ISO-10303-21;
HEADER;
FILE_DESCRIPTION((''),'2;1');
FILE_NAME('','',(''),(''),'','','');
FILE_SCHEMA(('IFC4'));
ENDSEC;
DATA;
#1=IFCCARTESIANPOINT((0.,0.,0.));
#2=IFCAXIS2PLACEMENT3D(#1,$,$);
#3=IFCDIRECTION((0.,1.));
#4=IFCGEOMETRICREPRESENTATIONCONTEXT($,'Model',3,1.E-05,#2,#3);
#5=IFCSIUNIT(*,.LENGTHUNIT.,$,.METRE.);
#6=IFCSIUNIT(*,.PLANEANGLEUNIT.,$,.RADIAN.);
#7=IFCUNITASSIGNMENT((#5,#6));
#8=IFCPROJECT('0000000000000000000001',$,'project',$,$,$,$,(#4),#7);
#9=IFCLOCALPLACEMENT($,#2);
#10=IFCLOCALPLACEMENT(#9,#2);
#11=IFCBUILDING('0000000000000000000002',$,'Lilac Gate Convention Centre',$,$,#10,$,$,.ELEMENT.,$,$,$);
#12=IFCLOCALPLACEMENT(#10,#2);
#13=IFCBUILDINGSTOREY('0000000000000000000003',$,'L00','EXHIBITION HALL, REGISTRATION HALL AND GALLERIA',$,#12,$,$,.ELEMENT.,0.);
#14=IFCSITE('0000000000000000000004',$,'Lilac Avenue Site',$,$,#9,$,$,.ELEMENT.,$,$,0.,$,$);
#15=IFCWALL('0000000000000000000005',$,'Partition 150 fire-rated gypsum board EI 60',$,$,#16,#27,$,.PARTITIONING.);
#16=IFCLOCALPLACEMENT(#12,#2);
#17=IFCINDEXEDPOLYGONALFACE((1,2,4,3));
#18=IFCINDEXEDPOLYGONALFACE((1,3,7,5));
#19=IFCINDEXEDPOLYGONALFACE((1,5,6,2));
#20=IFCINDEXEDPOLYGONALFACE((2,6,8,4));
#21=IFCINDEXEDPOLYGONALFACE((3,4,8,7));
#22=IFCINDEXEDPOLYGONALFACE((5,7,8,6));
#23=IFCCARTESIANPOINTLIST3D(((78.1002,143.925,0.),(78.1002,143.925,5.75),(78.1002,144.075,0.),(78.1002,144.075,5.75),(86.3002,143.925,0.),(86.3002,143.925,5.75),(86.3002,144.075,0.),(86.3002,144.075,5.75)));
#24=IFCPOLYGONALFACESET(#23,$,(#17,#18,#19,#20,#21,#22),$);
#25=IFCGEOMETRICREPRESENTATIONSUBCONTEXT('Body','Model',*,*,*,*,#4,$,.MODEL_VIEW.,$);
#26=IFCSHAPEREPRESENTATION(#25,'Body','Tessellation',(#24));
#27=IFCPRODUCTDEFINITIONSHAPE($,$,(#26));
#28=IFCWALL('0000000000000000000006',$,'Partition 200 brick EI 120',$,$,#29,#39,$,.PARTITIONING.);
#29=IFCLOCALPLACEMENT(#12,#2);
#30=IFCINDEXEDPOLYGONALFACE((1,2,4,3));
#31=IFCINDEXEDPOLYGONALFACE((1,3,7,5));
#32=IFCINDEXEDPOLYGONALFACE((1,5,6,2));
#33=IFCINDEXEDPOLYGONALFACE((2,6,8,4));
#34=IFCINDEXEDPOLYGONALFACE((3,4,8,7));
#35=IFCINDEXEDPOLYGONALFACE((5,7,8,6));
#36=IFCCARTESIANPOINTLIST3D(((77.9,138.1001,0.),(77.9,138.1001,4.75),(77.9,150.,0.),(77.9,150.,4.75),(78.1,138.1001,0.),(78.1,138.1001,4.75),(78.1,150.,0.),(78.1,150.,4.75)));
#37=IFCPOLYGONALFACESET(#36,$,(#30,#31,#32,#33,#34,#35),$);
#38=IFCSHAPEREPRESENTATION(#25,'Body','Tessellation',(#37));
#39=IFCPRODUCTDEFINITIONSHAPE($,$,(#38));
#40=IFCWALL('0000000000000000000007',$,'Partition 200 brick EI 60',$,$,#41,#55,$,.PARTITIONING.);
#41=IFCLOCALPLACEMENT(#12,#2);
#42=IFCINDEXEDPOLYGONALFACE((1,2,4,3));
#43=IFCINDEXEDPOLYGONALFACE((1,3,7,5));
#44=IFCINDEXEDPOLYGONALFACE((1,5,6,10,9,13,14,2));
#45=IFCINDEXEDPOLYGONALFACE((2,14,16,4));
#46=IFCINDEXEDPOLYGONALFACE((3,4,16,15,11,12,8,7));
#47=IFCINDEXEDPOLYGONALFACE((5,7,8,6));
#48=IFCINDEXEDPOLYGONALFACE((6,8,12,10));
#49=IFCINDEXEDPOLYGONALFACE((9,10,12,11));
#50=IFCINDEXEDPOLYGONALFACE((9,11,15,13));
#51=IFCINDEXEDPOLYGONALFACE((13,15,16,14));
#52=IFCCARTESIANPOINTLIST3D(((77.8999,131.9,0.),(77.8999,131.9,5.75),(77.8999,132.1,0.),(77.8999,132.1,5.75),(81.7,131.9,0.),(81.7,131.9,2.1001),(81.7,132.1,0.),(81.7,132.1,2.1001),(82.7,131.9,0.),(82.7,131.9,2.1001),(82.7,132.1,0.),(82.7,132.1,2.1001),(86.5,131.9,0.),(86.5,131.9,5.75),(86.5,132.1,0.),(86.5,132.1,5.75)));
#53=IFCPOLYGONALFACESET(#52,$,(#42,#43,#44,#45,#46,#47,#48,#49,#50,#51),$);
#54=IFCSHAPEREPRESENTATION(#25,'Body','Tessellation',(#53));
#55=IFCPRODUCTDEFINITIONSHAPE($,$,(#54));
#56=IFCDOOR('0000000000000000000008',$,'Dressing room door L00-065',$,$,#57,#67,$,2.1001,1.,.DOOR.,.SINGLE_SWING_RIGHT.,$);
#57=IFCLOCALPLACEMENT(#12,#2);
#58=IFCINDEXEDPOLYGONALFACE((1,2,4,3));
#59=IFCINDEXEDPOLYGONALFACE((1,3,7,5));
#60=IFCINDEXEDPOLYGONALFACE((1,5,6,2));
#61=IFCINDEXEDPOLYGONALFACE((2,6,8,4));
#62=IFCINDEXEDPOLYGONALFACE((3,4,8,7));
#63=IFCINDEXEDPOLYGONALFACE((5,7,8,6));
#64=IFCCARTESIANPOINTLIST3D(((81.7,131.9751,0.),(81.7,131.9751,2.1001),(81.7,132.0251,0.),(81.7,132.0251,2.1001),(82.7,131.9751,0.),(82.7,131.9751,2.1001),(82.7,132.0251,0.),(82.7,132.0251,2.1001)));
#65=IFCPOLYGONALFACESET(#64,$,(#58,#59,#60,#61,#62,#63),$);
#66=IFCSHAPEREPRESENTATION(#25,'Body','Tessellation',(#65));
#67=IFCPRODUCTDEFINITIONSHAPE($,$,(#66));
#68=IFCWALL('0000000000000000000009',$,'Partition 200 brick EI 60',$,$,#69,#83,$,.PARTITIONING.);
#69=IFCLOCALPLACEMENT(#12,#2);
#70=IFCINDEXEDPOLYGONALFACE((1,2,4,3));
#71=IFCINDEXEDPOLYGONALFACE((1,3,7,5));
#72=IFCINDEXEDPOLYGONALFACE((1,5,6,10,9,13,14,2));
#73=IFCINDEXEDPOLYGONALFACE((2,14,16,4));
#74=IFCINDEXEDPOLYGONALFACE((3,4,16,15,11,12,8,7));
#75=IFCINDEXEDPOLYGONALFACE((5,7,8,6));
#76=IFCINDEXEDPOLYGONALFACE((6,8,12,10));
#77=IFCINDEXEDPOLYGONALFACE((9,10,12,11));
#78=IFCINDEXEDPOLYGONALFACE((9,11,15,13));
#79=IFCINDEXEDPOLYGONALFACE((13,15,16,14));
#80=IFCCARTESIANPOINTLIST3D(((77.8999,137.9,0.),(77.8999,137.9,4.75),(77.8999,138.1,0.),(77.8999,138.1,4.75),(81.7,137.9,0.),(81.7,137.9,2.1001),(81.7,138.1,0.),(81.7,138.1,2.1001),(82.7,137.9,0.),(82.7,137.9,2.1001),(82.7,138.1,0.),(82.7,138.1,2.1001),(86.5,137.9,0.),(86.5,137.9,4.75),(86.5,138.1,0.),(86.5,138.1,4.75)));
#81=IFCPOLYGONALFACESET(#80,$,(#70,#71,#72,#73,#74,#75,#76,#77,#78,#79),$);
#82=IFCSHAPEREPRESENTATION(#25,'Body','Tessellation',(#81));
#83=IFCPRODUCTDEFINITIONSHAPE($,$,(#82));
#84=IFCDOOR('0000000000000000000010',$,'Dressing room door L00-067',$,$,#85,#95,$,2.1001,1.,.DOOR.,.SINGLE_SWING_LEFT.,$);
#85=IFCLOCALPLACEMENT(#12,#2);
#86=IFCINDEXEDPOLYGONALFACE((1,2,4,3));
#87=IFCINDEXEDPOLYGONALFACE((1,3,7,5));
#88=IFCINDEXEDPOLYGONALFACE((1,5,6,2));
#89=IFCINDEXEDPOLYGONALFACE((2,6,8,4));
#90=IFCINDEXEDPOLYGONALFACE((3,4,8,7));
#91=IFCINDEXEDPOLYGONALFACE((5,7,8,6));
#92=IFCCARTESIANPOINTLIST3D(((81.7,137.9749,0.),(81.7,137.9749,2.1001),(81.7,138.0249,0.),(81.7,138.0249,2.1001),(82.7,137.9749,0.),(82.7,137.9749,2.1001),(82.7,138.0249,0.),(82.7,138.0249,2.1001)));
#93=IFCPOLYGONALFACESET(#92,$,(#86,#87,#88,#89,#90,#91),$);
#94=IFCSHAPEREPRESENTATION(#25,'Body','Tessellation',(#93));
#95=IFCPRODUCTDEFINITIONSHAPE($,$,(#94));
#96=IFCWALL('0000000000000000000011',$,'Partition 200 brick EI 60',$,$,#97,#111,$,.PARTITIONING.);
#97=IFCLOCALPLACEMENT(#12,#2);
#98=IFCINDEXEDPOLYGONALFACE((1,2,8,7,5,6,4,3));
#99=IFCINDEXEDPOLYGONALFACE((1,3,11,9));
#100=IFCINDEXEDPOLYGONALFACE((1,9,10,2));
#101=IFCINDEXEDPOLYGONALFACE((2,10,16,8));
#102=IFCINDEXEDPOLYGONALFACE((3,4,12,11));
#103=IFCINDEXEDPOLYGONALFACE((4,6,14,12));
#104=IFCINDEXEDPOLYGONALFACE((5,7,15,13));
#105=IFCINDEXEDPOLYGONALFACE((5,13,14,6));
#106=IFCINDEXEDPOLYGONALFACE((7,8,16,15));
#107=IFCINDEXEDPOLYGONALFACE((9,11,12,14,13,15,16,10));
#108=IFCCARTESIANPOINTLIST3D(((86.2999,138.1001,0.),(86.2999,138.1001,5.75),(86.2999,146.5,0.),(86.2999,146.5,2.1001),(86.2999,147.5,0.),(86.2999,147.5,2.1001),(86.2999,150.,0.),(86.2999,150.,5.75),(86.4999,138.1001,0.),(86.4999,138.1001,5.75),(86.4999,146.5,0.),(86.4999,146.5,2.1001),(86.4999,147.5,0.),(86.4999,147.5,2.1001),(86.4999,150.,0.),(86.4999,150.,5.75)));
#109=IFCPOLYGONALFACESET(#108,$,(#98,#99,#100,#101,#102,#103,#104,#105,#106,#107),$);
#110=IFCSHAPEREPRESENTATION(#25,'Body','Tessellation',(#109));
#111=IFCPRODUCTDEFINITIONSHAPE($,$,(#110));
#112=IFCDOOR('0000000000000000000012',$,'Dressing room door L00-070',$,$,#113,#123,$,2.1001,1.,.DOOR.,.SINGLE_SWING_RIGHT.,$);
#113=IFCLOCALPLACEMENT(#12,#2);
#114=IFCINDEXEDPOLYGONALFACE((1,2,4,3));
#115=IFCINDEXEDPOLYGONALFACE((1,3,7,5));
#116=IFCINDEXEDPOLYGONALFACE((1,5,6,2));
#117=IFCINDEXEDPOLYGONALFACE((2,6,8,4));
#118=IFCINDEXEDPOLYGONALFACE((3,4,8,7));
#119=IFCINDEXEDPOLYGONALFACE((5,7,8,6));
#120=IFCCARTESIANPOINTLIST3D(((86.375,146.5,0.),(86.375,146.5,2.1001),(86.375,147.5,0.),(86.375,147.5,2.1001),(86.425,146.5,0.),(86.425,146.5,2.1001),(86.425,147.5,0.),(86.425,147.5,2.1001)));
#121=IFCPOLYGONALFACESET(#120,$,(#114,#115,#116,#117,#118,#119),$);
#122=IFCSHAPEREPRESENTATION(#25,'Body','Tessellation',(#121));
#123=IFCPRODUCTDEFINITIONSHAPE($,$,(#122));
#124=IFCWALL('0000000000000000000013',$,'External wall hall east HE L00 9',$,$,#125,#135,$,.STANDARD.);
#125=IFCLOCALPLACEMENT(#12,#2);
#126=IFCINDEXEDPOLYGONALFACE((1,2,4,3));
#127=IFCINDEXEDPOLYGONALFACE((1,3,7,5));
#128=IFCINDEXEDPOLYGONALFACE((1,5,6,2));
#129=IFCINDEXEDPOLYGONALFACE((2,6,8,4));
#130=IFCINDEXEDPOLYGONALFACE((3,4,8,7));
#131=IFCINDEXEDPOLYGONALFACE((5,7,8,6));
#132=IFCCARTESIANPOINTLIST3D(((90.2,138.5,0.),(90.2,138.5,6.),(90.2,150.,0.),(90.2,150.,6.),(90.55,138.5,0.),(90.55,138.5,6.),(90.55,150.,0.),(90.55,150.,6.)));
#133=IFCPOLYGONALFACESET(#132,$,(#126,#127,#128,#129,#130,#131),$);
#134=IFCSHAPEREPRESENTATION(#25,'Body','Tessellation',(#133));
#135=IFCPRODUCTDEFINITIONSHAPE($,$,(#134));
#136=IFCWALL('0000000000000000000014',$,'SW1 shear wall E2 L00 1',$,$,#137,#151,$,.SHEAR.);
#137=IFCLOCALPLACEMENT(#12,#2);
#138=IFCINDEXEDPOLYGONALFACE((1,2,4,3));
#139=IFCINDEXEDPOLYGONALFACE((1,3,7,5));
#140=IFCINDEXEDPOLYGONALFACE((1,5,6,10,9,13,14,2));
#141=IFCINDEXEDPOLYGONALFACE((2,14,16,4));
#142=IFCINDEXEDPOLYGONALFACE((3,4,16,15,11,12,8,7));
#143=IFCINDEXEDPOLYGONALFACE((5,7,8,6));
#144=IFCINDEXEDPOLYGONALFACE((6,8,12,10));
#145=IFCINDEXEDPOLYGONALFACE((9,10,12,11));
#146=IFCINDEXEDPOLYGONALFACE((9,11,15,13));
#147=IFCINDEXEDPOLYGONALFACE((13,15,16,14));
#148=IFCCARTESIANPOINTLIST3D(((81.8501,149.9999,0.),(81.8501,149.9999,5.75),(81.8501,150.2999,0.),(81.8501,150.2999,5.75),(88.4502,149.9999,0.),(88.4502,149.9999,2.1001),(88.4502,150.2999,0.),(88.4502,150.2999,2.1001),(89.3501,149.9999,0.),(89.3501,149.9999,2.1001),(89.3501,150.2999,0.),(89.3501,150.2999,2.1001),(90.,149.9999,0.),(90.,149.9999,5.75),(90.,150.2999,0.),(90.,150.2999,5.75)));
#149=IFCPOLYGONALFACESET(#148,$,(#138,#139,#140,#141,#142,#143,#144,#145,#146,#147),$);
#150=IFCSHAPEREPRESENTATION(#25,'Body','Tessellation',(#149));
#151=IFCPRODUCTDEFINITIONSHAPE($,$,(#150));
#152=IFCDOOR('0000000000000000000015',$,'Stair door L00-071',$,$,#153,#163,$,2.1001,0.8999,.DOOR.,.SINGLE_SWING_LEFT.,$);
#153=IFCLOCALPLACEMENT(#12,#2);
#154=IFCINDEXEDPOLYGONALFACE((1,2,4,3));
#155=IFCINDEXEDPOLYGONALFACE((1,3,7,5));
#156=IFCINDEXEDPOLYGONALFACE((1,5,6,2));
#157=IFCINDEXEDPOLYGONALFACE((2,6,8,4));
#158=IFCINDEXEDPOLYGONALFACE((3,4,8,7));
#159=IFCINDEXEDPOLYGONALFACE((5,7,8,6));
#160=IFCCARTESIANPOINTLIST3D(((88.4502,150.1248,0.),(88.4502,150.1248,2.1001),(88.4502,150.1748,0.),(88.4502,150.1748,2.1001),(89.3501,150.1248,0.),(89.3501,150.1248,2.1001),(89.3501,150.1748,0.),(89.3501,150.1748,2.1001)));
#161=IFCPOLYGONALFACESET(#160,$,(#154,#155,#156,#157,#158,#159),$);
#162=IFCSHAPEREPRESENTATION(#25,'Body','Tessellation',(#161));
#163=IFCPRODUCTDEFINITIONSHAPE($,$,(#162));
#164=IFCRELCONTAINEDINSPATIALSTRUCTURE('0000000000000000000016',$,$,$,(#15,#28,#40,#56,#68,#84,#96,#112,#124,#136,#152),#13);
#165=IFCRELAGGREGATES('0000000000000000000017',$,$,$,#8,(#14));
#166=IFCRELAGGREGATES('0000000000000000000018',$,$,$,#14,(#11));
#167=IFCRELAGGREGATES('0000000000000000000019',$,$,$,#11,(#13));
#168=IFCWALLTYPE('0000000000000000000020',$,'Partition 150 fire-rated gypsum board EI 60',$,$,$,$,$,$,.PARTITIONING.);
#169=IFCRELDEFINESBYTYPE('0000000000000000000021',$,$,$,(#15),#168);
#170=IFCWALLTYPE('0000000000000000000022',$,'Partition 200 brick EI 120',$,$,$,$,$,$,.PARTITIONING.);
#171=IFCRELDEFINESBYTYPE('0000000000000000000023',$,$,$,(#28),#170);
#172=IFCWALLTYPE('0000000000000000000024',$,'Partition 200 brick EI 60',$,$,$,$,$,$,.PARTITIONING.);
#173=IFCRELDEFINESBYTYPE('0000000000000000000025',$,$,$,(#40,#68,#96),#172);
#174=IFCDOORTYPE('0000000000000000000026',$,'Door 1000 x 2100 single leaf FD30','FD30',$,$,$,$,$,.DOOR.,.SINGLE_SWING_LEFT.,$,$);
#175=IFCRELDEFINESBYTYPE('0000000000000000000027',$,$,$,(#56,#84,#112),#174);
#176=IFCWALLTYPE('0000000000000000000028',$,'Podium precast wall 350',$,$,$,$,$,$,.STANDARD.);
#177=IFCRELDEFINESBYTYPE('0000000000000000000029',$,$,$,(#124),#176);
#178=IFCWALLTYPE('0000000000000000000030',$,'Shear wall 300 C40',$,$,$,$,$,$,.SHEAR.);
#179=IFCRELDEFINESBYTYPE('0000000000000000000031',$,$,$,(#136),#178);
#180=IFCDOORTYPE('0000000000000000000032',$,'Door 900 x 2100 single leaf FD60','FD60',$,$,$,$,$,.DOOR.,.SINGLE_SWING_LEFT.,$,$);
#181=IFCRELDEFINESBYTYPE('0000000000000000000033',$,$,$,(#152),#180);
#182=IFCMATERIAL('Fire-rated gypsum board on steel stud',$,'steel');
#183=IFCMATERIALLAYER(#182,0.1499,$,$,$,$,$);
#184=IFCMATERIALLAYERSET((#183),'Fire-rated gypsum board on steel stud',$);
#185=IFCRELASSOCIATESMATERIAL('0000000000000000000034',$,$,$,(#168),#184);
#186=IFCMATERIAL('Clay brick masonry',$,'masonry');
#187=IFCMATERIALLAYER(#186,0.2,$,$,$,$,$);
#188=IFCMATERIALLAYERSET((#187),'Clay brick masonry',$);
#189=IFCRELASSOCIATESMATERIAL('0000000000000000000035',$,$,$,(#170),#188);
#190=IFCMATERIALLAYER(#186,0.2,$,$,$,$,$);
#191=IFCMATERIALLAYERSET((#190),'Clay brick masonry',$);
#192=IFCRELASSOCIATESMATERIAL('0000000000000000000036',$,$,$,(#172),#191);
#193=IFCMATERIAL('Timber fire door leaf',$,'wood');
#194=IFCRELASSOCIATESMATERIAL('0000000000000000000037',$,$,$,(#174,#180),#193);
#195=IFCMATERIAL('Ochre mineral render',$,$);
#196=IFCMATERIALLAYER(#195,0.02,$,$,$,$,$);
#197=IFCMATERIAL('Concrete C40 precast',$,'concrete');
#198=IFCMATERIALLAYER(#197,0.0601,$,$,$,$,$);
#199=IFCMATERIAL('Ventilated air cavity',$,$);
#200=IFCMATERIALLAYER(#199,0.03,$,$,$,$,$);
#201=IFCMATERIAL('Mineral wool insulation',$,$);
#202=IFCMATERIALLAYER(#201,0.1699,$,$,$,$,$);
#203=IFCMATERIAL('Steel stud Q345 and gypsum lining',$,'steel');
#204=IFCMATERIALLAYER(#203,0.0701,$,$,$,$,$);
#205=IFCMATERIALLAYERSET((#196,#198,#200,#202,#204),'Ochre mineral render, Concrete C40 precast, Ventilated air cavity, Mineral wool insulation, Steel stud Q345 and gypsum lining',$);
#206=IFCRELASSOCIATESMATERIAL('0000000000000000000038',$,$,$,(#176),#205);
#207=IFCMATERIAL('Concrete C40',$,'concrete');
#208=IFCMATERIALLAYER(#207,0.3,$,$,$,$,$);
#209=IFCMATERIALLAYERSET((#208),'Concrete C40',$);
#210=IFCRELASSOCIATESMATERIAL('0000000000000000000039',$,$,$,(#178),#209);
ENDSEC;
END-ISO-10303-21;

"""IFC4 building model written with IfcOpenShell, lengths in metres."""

from ifc_helpers import new_model, si_unit, direction, frame, frame_2d, origin, place, context, subcontext, project, spatial, rectangle, extrude, material, layer, layer_set, type_object, element, fill, save


model = new_model("IFC4")

# Units and contexts
model_context = context("Model", 3, precision=1e-05, world=origin(), true_north=direction((0.0, 1.0)))
body_context = subcontext(model_context, "Body", "Model", "MODEL_VIEW")
ifc_project = project(units=[si_unit("LENGTHUNIT", "METRE"), si_unit("PLANEANGLEUNIT", "RADIAN")], contexts=[model_context])

# Site, building, storey
site_placement = place(None, origin())
site = spatial("IfcSite", under=ifc_project, at=site_placement, Name="Lilac Avenue Site", CompositionType="ELEMENT", RefElevation=0.0)
building_placement = place(site_placement, origin())
building = spatial("IfcBuilding", under=site, at=building_placement, Name="Lilac Gate Convention Centre", CompositionType="ELEMENT")
storey_placement = place(building_placement, origin())
storey = spatial("IfcBuildingStorey", under=building, at=storey_placement, Name="L00", Description="EXHIBITION HALL, REGISTRATION HALL AND GALLERIA", CompositionType="ELEMENT", Elevation=0.0)

# Shared definitions
ifc_material_1 = material(Name="Concrete C40", Category="concrete")

# Wall
ifc_material_2 = material(Name="Fire-rated gypsum board on steel stud", Category="steel")
ifc_layer_1 = layer(ifc_material_2, 0.1499)
ifc_layer_set_1 = layer_set([ifc_layer_1], Name="Fire-rated gypsum board on steel stud")
wall_type_1 = type_object("IfcWallType", Name="Partition 150 fire-rated gypsum board EI 60", PredefinedType="PARTITIONING", material=ifc_layer_set_1)
wall_1_placement = place(storey_placement, frame((78.1001, 144.0, 0.0), z_axis=(0.0, 0.0, 1.0), x_axis=(1.0, 0.0, 0.0)))
element("IfcWall", 1, at=wall_1_placement, inside=storey, type_object=wall_type_1, Name="Partition 150 fire-rated gypsum board EI 60", PredefinedType="PARTITIONING", context=body_context, shape_type="SweptSolid", body=[
    extrude(rectangle(XDim=8.2, YDim=0.1499, at=frame_2d((4.1001, 0.0))), origin(), (0.0, 0.0, 1.0), 5.75),
])

# Shared definitions
ifc_material_3 = material(Name="Clay brick masonry", Category="masonry")
ifc_layer_2 = layer(ifc_material_3, 0.2)
ifc_layer_set_2 = layer_set([ifc_layer_2], Name="Clay brick masonry")
wall_type_2 = type_object("IfcWallType", Name="Partition 200 brick EI 120", PredefinedType="PARTITIONING", material=ifc_layer_set_2)

# Wall
wall_2_placement = place(storey_placement, frame((78.0, 138.1001, 0.0), z_axis=(0.0, 0.0, 1.0), x_axis=(0.0, 1.0, 0.0)))
element("IfcWall", 2, at=wall_2_placement, inside=storey, type_object=wall_type_2, Name="Partition 200 brick EI 120", PredefinedType="PARTITIONING", context=body_context, shape_type="SweptSolid", body=[
    extrude(rectangle(XDim=11.8999, YDim=0.2, at=frame_2d((5.95, 0.0))), origin(), (0.0, 0.0, 1.0), 4.75),
])

# Walls, openings, doors
ifc_layer_3 = layer(ifc_material_3, 0.2)
ifc_layer_set_3 = layer_set([ifc_layer_3], Name="Clay brick masonry")
wall_type_3 = type_object("IfcWallType", Name="Partition 200 brick EI 60", PredefinedType="PARTITIONING", material=ifc_layer_set_3)
wall_3_placement = place(storey_placement, frame((77.8999, 132.0, 0.0), z_axis=(0.0, 0.0, 1.0), x_axis=(1.0, 0.0, 0.0)))
wall_3 = element("IfcWall", 3, at=wall_3_placement, inside=storey, type_object=wall_type_3, Name="Partition 200 brick EI 60", PredefinedType="PARTITIONING", context=body_context, shape_type="SweptSolid", body=[
    extrude(rectangle(XDim=8.6001, YDim=0.2, at=frame_2d((4.3, 0.0))), origin(), (0.0, 0.0, 1.0), 5.75),
])
opening_1_placement = place(wall_3_placement, frame((3.8, 0.0, 0.0)))
opening_1 = element("IfcOpeningElement", 4, at=opening_1_placement, cuts=wall_3, PredefinedType="OPENING", context=body_context, shape_type="SweptSolid", body=[
    extrude(rectangle(XDim=1.0, YDim=2.1001, at=frame_2d((0.5, 1.05))), frame((0.0, 0.1099, 0.0), z_axis=(0.0, -1.0, 0.0), x_axis=(1.0, 0.0, 0.0)), (0.0, 0.0, 1.0), 0.22),
])
ifc_material_4 = material(Name="Timber fire door leaf", Category="wood")
door_type_1 = type_object("IfcDoorType", Name="Door 1000 x 2100 single leaf FD30", Description="FD30", OperationType="SINGLE_SWING_LEFT", PredefinedType="DOOR", material=ifc_material_4)
door_1_placement = place(opening_1_placement, frame((1.0, 0.0, 0.0), z_axis=(0.0, 0.0, 1.0), x_axis=(-1.0, 0.0, 0.0)))
door_1 = element("IfcDoor", 5, at=door_1_placement, inside=storey, type_object=door_type_1, Name="Dressing room door L00-065", OperationType="SINGLE_SWING_RIGHT", OverallHeight=2.1001, OverallWidth=1.0, PredefinedType="DOOR", context=body_context, shape_type="SweptSolid", body=[
    extrude(rectangle(XDim=1.0, YDim=2.1001, at=frame_2d((0.5, 1.05))), frame((0.0, 0.0249, 0.0), z_axis=(0.0, -1.0, 0.0), x_axis=(1.0, 0.0, 0.0)), (0.0, 0.0, 1.0), 0.05),
])
fill(opening_1, door_1)
wall_4_placement = place(storey_placement, frame((77.8999, 138.0, 0.0), z_axis=(0.0, 0.0, 1.0), x_axis=(1.0, 0.0, 0.0)))
wall_4 = element("IfcWall", 6, at=wall_4_placement, inside=storey, type_object=wall_type_3, Name="Partition 200 brick EI 60", PredefinedType="PARTITIONING", context=body_context, shape_type="SweptSolid", body=[
    extrude(rectangle(XDim=8.6001, YDim=0.2, at=frame_2d((4.3, 0.0))), origin(), (0.0, 0.0, 1.0), 4.75),
])
opening_2_placement = place(wall_4_placement, frame((3.8, 0.0, 0.0)))
opening_2 = element("IfcOpeningElement", 7, at=opening_2_placement, cuts=wall_4, PredefinedType="OPENING", context=body_context, shape_type="SweptSolid", body=[
    extrude(rectangle(XDim=1.0, YDim=2.1001, at=frame_2d((0.5, 1.05))), frame((0.0, 0.1099, 0.0), z_axis=(0.0, -1.0, 0.0), x_axis=(1.0, 0.0, 0.0)), (0.0, 0.0, 1.0), 0.22),
])
door_2_placement = place(opening_2_placement, origin())
door_2 = element("IfcDoor", 8, at=door_2_placement, inside=storey, type_object=door_type_1, Name="Dressing room door L00-067", OperationType="SINGLE_SWING_LEFT", OverallHeight=2.1001, OverallWidth=1.0, PredefinedType="DOOR", context=body_context, shape_type="SweptSolid", body=[
    extrude(rectangle(XDim=1.0, YDim=2.1001, at=frame_2d((0.5, 1.05))), frame((0.0, 0.0249, 0.0), z_axis=(0.0, -1.0, 0.0), x_axis=(1.0, 0.0, 0.0)), (0.0, 0.0, 1.0), 0.05),
])
fill(opening_2, door_2)
wall_5_placement = place(storey_placement, frame((86.3999, 138.1001, 0.0), z_axis=(0.0, 0.0, 1.0), x_axis=(0.0, 1.0, 0.0)))
wall_5 = element("IfcWall", 9, at=wall_5_placement, inside=storey, type_object=wall_type_3, Name="Partition 200 brick EI 60", PredefinedType="PARTITIONING", context=body_context, shape_type="SweptSolid", body=[
    extrude(rectangle(XDim=11.8999, YDim=0.2, at=frame_2d((5.95, 0.0))), origin(), (0.0, 0.0, 1.0), 5.75),
])
opening_3_placement = place(wall_5_placement, frame((8.3999, 0.0, 0.0)))
opening_3 = element("IfcOpeningElement", 10, at=opening_3_placement, cuts=wall_5, PredefinedType="OPENING", context=body_context, shape_type="SweptSolid", body=[
    extrude(rectangle(XDim=1.0, YDim=2.1001, at=frame_2d((0.5, 1.05))), frame((0.0, 0.1099, 0.0), z_axis=(0.0, -1.0, 0.0), x_axis=(1.0, 0.0, 0.0)), (0.0, 0.0, 1.0), 0.22),
])
door_3_placement = place(opening_3_placement, origin())
door_3 = element("IfcDoor", 11, at=door_3_placement, inside=storey, type_object=door_type_1, Name="Dressing room door L00-070", OperationType="SINGLE_SWING_RIGHT", OverallHeight=2.1001, OverallWidth=1.0, PredefinedType="DOOR", context=body_context, shape_type="SweptSolid", body=[
    extrude(rectangle(XDim=1.0, YDim=2.1001, at=frame_2d((0.5, 1.05))), frame((0.0, 0.0249, 0.0), z_axis=(0.0, -1.0, 0.0), x_axis=(1.0, 0.0, 0.0)), (0.0, 0.0, 1.0), 0.05),
])
fill(opening_3, door_3)
ifc_material_5 = material(Name="Ochre mineral render")
ifc_layer_4 = layer(ifc_material_5, 0.02)
ifc_material_6 = material(Name="Concrete C40 precast", Category="concrete")
ifc_layer_5 = layer(ifc_material_6, 0.0601)
ifc_material_7 = material(Name="Ventilated air cavity")
ifc_layer_6 = layer(ifc_material_7, 0.03)
ifc_material_8 = material(Name="Mineral wool insulation")
ifc_layer_7 = layer(ifc_material_8, 0.1699)
ifc_material_9 = material(Name="Steel stud Q345 and gypsum lining", Category="steel")
ifc_layer_8 = layer(ifc_material_9, 0.0701)
ifc_layer_set_4 = layer_set([ifc_layer_4, ifc_layer_5, ifc_layer_6, ifc_layer_7, ifc_layer_8], Name="Ochre mineral render, Concrete C40 precast, Ventilated air cavity, Mineral wool insulation, Steel stud Q345 and gypsum lining")
wall_type_4 = type_object("IfcWallType", Name="Podium precast wall 350", PredefinedType="STANDARD", material=ifc_layer_set_4)

# Wall
wall_6_placement = place(storey_placement, frame((90.375, 138.5, 0.0), z_axis=(0.0, 0.0, 1.0), x_axis=(0.0, 1.0, 0.0)))
element("IfcWall", 12, at=wall_6_placement, inside=storey, type_object=wall_type_4, Name="External wall hall east HE L00 9", PredefinedType="STANDARD", context=body_context, shape_type="SweptSolid", body=[
    extrude(rectangle(XDim=11.5, YDim=0.3501, at=frame_2d((5.75, 0.0))), origin(), (0.0, 0.0, 1.0), 6.0),
])

# Wall, opening, door
ifc_layer_9 = layer(ifc_material_1, 0.3)
ifc_layer_set_5 = layer_set([ifc_layer_9], Name="Concrete C40")
wall_type_5 = type_object("IfcWallType", Name="Shear wall 300 C40", PredefinedType="SHEAR", material=ifc_layer_set_5)
wall_7_placement = place(storey_placement, frame((90.0, 150.1499, 0.0), z_axis=(0.0, 0.0, 1.0), x_axis=(-1.0, 0.0, 0.0)))
wall_7 = element("IfcWall", 13, at=wall_7_placement, inside=storey, type_object=wall_type_5, Name="SW1 shear wall E2 L00 1", PredefinedType="SHEAR", context=body_context, shape_type="SweptSolid", body=[
    extrude(rectangle(XDim=8.1499, YDim=0.3, at=frame_2d((4.075, 0.0))), origin(), (0.0, 0.0, 1.0), 5.75),
])
opening_4_placement = place(wall_7_placement, frame((0.6499, 0.0, 0.0)))
opening_4 = element("IfcOpeningElement", 14, at=opening_4_placement, cuts=wall_7, PredefinedType="OPENING", context=body_context, shape_type="SweptSolid", body=[
    extrude(rectangle(XDim=0.8999, YDim=2.1001, at=frame_2d((0.45, 1.05))), frame((0.0, 0.1599, 0.0), z_axis=(0.0, -1.0, 0.0), x_axis=(1.0, 0.0, 0.0)), (0.0, 0.0, 1.0), 0.3201),
])
door_type_2 = type_object("IfcDoorType", Name="Door 900 x 2100 single leaf FD60", Description="FD60", OperationType="SINGLE_SWING_LEFT", PredefinedType="DOOR", material=ifc_material_4)
door_4_placement = place(opening_4_placement, frame((0.8999, 0.0, 0.0), z_axis=(0.0, 0.0, 1.0), x_axis=(-1.0, 0.0, 0.0)))
door_4 = element("IfcDoor", 15, at=door_4_placement, inside=storey, type_object=door_type_2, Name="Stair door L00-071", OperationType="SINGLE_SWING_LEFT", OverallHeight=2.1001, OverallWidth=0.8999, PredefinedType="DOOR", context=body_context, shape_type="SweptSolid", body=[
    extrude(rectangle(XDim=0.8999, YDim=2.1001, at=frame_2d((0.45, 1.05))), frame((0.0, 0.0249, 0.0), z_axis=(0.0, -1.0, 0.0), x_axis=(1.0, 0.0, 0.0)), (0.0, 0.0, 1.0), 0.05),
])
fill(opening_4, door_4)

save(model, "model.ifc")
